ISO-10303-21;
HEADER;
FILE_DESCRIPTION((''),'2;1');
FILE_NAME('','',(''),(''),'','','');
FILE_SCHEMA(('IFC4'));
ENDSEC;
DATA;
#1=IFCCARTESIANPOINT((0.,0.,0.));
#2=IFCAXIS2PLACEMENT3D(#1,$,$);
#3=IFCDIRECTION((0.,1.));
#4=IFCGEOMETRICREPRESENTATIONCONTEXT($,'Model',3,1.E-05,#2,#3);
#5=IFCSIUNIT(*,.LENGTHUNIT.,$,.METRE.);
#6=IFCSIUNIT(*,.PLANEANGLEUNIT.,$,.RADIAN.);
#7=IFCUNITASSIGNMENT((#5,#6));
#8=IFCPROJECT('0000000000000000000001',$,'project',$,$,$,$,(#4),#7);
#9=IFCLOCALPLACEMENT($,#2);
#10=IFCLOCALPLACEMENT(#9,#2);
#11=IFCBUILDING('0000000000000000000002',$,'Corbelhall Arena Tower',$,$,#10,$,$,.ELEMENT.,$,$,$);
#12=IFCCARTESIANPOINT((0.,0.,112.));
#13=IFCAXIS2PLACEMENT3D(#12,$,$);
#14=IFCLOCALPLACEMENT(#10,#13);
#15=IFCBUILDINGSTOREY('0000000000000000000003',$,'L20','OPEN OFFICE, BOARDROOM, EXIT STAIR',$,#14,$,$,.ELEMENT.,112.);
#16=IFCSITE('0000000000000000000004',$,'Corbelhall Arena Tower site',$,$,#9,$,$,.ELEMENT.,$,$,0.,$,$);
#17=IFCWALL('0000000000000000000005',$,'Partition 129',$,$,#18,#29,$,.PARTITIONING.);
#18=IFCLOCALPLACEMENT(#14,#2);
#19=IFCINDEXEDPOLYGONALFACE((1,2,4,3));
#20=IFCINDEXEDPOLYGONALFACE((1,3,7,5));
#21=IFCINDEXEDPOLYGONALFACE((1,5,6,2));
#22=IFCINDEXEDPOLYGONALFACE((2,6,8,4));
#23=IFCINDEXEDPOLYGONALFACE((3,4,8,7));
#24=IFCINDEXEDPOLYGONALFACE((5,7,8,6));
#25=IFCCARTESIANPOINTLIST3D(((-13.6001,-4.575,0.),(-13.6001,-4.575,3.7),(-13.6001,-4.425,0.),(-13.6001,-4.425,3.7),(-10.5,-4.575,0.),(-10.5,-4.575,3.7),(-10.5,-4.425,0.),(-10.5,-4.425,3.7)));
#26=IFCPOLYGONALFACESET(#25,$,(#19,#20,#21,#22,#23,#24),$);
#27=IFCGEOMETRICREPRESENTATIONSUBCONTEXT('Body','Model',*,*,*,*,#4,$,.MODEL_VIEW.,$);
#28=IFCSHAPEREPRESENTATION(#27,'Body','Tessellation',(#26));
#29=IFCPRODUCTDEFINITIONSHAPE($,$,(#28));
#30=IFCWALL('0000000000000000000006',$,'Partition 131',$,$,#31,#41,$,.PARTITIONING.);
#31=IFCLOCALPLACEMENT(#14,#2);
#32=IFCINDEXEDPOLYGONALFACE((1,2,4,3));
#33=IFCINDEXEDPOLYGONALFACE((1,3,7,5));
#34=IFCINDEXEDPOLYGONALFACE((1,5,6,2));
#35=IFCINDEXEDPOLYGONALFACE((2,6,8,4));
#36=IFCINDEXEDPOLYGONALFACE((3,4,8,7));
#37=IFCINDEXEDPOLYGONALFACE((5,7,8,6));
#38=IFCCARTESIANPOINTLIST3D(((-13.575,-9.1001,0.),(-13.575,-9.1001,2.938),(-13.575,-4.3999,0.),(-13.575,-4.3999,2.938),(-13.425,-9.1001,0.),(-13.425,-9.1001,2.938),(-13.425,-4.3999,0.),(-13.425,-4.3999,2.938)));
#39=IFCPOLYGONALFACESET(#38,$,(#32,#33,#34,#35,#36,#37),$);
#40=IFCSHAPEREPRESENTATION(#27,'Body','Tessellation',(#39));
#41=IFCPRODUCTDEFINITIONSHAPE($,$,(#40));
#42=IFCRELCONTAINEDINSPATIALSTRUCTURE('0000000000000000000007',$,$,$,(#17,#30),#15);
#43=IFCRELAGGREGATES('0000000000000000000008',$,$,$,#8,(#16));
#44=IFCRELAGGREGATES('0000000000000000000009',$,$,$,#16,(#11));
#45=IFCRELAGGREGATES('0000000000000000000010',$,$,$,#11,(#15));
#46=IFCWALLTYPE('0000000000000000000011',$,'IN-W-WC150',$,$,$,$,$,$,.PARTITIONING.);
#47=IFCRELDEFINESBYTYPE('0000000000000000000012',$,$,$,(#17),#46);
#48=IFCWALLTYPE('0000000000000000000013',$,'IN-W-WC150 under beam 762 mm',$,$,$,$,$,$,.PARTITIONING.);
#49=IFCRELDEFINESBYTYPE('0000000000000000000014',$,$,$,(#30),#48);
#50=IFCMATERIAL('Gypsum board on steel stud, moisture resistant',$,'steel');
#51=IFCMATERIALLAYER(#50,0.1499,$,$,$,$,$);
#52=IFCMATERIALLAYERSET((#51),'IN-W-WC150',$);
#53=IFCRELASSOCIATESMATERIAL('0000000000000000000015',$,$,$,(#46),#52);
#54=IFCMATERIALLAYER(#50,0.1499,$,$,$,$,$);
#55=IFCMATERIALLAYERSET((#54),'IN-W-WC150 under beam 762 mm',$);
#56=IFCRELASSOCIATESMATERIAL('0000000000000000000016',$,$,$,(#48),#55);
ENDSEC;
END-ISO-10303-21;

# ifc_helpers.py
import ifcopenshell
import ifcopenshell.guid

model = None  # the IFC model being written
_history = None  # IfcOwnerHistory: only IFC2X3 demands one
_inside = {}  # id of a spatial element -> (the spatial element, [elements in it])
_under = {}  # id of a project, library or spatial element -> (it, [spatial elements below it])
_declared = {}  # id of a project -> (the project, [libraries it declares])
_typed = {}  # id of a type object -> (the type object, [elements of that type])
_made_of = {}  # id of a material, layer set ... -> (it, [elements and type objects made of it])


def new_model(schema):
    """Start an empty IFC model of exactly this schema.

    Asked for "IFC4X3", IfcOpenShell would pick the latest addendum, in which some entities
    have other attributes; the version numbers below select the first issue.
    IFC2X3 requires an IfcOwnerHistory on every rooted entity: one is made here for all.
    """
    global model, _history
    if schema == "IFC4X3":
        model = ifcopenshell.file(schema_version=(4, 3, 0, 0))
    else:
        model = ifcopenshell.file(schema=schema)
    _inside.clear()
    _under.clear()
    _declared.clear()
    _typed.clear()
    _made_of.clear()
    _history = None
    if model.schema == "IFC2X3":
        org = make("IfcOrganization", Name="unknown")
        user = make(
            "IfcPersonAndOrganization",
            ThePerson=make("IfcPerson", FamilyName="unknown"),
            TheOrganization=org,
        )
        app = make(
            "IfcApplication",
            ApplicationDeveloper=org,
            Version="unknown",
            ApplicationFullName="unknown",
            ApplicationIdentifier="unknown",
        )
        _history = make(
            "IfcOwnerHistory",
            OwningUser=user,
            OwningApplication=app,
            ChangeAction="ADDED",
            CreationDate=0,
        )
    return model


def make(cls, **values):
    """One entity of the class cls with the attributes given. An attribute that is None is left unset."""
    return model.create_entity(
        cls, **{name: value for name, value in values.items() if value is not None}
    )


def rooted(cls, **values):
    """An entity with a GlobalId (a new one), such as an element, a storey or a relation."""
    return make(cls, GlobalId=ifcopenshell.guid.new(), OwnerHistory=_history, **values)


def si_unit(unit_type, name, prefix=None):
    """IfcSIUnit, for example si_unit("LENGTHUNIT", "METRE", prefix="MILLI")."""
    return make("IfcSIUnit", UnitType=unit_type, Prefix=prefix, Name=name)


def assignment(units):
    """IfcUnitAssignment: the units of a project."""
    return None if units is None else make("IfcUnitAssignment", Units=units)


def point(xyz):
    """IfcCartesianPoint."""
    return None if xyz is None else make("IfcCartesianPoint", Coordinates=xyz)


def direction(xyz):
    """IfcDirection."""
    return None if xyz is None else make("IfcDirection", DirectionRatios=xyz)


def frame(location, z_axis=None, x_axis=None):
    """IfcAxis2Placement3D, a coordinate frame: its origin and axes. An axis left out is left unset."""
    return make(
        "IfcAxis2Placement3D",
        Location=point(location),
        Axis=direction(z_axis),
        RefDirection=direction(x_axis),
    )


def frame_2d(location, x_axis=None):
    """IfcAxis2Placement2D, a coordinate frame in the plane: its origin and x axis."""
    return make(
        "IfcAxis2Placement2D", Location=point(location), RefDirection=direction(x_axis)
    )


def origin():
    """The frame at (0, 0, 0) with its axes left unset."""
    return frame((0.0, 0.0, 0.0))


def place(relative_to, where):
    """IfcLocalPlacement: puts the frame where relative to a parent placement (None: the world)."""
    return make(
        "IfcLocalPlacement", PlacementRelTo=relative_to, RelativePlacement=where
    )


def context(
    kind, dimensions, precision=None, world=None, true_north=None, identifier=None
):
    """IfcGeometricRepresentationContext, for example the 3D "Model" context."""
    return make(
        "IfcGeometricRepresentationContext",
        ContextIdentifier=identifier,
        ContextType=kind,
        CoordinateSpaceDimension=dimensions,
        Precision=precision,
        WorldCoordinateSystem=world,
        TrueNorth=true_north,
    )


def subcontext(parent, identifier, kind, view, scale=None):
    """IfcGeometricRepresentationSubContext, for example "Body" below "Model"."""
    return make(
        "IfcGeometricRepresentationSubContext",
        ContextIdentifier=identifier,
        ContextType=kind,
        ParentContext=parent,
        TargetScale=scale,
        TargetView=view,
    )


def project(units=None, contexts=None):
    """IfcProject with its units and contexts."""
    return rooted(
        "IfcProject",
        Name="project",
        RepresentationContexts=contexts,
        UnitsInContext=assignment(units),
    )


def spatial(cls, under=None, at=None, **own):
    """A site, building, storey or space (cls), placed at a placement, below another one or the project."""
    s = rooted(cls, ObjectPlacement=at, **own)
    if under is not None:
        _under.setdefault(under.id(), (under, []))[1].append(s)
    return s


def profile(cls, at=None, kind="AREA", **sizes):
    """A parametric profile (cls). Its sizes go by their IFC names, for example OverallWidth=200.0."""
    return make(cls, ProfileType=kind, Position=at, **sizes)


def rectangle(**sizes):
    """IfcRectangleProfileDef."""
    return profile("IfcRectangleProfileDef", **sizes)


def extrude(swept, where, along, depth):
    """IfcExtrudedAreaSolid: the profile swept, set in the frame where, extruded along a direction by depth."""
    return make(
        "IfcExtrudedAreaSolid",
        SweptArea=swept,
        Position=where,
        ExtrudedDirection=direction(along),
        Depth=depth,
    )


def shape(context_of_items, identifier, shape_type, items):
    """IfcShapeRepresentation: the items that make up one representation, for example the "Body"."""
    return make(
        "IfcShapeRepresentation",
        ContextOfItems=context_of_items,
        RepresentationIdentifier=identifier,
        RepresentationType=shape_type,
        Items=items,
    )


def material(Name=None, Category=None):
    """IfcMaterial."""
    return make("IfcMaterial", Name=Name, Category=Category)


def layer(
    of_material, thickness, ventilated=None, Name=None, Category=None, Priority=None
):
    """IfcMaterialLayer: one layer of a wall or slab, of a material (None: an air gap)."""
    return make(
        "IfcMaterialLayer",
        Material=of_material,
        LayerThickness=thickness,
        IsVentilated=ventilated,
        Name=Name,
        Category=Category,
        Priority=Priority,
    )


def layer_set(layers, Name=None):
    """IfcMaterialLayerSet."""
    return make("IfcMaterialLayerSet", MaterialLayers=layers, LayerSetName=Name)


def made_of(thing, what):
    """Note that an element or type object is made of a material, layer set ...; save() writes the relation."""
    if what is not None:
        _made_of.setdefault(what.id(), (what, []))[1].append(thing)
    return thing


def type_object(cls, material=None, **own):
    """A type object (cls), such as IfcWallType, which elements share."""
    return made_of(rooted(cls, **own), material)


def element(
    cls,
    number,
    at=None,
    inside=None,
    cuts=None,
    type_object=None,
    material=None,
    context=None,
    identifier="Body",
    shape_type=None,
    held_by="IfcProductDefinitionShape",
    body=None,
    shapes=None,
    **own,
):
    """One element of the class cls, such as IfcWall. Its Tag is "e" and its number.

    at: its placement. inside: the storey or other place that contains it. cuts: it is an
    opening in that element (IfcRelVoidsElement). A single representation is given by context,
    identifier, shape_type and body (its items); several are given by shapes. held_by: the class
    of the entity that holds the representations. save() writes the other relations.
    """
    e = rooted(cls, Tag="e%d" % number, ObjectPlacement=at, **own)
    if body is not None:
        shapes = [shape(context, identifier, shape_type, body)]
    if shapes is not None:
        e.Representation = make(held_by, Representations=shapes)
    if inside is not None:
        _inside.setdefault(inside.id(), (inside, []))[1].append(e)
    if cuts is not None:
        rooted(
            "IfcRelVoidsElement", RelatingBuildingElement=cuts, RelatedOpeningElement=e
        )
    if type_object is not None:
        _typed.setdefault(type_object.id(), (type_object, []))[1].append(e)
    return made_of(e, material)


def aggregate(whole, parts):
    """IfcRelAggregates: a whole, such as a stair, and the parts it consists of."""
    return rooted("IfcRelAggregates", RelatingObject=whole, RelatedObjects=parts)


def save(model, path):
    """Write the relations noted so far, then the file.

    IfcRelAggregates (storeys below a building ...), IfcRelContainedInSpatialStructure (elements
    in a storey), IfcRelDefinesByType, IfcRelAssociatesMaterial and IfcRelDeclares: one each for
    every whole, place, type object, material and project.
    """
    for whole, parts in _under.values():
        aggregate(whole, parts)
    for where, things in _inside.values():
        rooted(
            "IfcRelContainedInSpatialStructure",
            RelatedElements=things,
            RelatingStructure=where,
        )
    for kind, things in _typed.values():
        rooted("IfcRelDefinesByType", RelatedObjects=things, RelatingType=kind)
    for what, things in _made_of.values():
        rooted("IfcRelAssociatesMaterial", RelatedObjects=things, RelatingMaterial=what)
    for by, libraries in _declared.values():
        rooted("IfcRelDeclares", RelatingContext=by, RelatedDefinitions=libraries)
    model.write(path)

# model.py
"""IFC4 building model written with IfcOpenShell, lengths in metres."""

from ifc_helpers import new_model, si_unit, direction, frame, frame_2d, origin, place, context, subcontext, project, spatial, rectangle, extrude, material, layer, layer_set, type_object, element, save


model = new_model("IFC4")

# Units and contexts
model_context = context("Model", 3, precision=1e-05, world=origin(), true_north=direction((0.0, 1.0)))
body_context = subcontext(model_context, "Body", "Model", "MODEL_VIEW")
ifc_project = project(units=[si_unit("LENGTHUNIT", "METRE"), si_unit("PLANEANGLEUNIT", "RADIAN")], contexts=[model_context])

# Site, building, storey
site_placement = place(None, origin())
site = spatial("IfcSite", under=ifc_project, at=site_placement, Name="Corbelhall Arena Tower site", CompositionType="ELEMENT", RefElevation=0.0)
building_placement = place(site_placement, origin())
building = spatial("IfcBuilding", under=site, at=building_placement, Name="Corbelhall Arena Tower", CompositionType="ELEMENT")
storey_placement = place(building_placement, frame((0.0, 0.0, 112.0)))
storey = spatial("IfcBuildingStorey", under=building, at=storey_placement, Name="L20", Description="OPEN OFFICE, BOARDROOM, EXIT STAIR", CompositionType="ELEMENT", Elevation=112.0)

# Walls
ifc_material_1 = material(Name="Gypsum board on steel stud, moisture resistant", Category="steel")
ifc_layer_1 = layer(ifc_material_1, 0.1499)
ifc_layer_set_1 = layer_set([ifc_layer_1], Name="IN-W-WC150")
wall_type_1 = type_object("IfcWallType", Name="IN-W-WC150", PredefinedType="PARTITIONING", material=ifc_layer_set_1)
wall_1_placement = place(storey_placement, frame((-13.6001, -4.5, 0.0), z_axis=(0.0, 0.0, 1.0), x_axis=(1.0, 0.0, 0.0)))
element("IfcWall", 1, at=wall_1_placement, inside=storey, type_object=wall_type_1, Name="Partition 129", PredefinedType="PARTITIONING", context=body_context, shape_type="SweptSolid", body=[
    extrude(rectangle(XDim=3.1001, YDim=0.1499, at=frame_2d((1.55, 0.0))), origin(), (0.0, 0.0, 1.0), 3.7),
])
ifc_layer_2 = layer(ifc_material_1, 0.1499)
ifc_layer_set_2 = layer_set([ifc_layer_2], Name="IN-W-WC150 under beam 762 mm")
wall_type_2 = type_object("IfcWallType", Name="IN-W-WC150 under beam 762 mm", PredefinedType="PARTITIONING", material=ifc_layer_set_2)
wall_2_placement = place(storey_placement, frame((-13.5, -9.1001, 0.0), z_axis=(0.0, 0.0, 1.0), x_axis=(0.0, 1.0, 0.0)))
element("IfcWall", 2, at=wall_2_placement, inside=storey, type_object=wall_type_2, Name="Partition 131", PredefinedType="PARTITIONING", context=body_context, shape_type="SweptSolid", body=[
    extrude(rectangle(XDim=4.7002, YDim=0.1499, at=frame_2d((2.3501, 0.0))), origin(), (0.0, 0.0, 1.0), 2.938),
])

save(model, "model.ifc")
